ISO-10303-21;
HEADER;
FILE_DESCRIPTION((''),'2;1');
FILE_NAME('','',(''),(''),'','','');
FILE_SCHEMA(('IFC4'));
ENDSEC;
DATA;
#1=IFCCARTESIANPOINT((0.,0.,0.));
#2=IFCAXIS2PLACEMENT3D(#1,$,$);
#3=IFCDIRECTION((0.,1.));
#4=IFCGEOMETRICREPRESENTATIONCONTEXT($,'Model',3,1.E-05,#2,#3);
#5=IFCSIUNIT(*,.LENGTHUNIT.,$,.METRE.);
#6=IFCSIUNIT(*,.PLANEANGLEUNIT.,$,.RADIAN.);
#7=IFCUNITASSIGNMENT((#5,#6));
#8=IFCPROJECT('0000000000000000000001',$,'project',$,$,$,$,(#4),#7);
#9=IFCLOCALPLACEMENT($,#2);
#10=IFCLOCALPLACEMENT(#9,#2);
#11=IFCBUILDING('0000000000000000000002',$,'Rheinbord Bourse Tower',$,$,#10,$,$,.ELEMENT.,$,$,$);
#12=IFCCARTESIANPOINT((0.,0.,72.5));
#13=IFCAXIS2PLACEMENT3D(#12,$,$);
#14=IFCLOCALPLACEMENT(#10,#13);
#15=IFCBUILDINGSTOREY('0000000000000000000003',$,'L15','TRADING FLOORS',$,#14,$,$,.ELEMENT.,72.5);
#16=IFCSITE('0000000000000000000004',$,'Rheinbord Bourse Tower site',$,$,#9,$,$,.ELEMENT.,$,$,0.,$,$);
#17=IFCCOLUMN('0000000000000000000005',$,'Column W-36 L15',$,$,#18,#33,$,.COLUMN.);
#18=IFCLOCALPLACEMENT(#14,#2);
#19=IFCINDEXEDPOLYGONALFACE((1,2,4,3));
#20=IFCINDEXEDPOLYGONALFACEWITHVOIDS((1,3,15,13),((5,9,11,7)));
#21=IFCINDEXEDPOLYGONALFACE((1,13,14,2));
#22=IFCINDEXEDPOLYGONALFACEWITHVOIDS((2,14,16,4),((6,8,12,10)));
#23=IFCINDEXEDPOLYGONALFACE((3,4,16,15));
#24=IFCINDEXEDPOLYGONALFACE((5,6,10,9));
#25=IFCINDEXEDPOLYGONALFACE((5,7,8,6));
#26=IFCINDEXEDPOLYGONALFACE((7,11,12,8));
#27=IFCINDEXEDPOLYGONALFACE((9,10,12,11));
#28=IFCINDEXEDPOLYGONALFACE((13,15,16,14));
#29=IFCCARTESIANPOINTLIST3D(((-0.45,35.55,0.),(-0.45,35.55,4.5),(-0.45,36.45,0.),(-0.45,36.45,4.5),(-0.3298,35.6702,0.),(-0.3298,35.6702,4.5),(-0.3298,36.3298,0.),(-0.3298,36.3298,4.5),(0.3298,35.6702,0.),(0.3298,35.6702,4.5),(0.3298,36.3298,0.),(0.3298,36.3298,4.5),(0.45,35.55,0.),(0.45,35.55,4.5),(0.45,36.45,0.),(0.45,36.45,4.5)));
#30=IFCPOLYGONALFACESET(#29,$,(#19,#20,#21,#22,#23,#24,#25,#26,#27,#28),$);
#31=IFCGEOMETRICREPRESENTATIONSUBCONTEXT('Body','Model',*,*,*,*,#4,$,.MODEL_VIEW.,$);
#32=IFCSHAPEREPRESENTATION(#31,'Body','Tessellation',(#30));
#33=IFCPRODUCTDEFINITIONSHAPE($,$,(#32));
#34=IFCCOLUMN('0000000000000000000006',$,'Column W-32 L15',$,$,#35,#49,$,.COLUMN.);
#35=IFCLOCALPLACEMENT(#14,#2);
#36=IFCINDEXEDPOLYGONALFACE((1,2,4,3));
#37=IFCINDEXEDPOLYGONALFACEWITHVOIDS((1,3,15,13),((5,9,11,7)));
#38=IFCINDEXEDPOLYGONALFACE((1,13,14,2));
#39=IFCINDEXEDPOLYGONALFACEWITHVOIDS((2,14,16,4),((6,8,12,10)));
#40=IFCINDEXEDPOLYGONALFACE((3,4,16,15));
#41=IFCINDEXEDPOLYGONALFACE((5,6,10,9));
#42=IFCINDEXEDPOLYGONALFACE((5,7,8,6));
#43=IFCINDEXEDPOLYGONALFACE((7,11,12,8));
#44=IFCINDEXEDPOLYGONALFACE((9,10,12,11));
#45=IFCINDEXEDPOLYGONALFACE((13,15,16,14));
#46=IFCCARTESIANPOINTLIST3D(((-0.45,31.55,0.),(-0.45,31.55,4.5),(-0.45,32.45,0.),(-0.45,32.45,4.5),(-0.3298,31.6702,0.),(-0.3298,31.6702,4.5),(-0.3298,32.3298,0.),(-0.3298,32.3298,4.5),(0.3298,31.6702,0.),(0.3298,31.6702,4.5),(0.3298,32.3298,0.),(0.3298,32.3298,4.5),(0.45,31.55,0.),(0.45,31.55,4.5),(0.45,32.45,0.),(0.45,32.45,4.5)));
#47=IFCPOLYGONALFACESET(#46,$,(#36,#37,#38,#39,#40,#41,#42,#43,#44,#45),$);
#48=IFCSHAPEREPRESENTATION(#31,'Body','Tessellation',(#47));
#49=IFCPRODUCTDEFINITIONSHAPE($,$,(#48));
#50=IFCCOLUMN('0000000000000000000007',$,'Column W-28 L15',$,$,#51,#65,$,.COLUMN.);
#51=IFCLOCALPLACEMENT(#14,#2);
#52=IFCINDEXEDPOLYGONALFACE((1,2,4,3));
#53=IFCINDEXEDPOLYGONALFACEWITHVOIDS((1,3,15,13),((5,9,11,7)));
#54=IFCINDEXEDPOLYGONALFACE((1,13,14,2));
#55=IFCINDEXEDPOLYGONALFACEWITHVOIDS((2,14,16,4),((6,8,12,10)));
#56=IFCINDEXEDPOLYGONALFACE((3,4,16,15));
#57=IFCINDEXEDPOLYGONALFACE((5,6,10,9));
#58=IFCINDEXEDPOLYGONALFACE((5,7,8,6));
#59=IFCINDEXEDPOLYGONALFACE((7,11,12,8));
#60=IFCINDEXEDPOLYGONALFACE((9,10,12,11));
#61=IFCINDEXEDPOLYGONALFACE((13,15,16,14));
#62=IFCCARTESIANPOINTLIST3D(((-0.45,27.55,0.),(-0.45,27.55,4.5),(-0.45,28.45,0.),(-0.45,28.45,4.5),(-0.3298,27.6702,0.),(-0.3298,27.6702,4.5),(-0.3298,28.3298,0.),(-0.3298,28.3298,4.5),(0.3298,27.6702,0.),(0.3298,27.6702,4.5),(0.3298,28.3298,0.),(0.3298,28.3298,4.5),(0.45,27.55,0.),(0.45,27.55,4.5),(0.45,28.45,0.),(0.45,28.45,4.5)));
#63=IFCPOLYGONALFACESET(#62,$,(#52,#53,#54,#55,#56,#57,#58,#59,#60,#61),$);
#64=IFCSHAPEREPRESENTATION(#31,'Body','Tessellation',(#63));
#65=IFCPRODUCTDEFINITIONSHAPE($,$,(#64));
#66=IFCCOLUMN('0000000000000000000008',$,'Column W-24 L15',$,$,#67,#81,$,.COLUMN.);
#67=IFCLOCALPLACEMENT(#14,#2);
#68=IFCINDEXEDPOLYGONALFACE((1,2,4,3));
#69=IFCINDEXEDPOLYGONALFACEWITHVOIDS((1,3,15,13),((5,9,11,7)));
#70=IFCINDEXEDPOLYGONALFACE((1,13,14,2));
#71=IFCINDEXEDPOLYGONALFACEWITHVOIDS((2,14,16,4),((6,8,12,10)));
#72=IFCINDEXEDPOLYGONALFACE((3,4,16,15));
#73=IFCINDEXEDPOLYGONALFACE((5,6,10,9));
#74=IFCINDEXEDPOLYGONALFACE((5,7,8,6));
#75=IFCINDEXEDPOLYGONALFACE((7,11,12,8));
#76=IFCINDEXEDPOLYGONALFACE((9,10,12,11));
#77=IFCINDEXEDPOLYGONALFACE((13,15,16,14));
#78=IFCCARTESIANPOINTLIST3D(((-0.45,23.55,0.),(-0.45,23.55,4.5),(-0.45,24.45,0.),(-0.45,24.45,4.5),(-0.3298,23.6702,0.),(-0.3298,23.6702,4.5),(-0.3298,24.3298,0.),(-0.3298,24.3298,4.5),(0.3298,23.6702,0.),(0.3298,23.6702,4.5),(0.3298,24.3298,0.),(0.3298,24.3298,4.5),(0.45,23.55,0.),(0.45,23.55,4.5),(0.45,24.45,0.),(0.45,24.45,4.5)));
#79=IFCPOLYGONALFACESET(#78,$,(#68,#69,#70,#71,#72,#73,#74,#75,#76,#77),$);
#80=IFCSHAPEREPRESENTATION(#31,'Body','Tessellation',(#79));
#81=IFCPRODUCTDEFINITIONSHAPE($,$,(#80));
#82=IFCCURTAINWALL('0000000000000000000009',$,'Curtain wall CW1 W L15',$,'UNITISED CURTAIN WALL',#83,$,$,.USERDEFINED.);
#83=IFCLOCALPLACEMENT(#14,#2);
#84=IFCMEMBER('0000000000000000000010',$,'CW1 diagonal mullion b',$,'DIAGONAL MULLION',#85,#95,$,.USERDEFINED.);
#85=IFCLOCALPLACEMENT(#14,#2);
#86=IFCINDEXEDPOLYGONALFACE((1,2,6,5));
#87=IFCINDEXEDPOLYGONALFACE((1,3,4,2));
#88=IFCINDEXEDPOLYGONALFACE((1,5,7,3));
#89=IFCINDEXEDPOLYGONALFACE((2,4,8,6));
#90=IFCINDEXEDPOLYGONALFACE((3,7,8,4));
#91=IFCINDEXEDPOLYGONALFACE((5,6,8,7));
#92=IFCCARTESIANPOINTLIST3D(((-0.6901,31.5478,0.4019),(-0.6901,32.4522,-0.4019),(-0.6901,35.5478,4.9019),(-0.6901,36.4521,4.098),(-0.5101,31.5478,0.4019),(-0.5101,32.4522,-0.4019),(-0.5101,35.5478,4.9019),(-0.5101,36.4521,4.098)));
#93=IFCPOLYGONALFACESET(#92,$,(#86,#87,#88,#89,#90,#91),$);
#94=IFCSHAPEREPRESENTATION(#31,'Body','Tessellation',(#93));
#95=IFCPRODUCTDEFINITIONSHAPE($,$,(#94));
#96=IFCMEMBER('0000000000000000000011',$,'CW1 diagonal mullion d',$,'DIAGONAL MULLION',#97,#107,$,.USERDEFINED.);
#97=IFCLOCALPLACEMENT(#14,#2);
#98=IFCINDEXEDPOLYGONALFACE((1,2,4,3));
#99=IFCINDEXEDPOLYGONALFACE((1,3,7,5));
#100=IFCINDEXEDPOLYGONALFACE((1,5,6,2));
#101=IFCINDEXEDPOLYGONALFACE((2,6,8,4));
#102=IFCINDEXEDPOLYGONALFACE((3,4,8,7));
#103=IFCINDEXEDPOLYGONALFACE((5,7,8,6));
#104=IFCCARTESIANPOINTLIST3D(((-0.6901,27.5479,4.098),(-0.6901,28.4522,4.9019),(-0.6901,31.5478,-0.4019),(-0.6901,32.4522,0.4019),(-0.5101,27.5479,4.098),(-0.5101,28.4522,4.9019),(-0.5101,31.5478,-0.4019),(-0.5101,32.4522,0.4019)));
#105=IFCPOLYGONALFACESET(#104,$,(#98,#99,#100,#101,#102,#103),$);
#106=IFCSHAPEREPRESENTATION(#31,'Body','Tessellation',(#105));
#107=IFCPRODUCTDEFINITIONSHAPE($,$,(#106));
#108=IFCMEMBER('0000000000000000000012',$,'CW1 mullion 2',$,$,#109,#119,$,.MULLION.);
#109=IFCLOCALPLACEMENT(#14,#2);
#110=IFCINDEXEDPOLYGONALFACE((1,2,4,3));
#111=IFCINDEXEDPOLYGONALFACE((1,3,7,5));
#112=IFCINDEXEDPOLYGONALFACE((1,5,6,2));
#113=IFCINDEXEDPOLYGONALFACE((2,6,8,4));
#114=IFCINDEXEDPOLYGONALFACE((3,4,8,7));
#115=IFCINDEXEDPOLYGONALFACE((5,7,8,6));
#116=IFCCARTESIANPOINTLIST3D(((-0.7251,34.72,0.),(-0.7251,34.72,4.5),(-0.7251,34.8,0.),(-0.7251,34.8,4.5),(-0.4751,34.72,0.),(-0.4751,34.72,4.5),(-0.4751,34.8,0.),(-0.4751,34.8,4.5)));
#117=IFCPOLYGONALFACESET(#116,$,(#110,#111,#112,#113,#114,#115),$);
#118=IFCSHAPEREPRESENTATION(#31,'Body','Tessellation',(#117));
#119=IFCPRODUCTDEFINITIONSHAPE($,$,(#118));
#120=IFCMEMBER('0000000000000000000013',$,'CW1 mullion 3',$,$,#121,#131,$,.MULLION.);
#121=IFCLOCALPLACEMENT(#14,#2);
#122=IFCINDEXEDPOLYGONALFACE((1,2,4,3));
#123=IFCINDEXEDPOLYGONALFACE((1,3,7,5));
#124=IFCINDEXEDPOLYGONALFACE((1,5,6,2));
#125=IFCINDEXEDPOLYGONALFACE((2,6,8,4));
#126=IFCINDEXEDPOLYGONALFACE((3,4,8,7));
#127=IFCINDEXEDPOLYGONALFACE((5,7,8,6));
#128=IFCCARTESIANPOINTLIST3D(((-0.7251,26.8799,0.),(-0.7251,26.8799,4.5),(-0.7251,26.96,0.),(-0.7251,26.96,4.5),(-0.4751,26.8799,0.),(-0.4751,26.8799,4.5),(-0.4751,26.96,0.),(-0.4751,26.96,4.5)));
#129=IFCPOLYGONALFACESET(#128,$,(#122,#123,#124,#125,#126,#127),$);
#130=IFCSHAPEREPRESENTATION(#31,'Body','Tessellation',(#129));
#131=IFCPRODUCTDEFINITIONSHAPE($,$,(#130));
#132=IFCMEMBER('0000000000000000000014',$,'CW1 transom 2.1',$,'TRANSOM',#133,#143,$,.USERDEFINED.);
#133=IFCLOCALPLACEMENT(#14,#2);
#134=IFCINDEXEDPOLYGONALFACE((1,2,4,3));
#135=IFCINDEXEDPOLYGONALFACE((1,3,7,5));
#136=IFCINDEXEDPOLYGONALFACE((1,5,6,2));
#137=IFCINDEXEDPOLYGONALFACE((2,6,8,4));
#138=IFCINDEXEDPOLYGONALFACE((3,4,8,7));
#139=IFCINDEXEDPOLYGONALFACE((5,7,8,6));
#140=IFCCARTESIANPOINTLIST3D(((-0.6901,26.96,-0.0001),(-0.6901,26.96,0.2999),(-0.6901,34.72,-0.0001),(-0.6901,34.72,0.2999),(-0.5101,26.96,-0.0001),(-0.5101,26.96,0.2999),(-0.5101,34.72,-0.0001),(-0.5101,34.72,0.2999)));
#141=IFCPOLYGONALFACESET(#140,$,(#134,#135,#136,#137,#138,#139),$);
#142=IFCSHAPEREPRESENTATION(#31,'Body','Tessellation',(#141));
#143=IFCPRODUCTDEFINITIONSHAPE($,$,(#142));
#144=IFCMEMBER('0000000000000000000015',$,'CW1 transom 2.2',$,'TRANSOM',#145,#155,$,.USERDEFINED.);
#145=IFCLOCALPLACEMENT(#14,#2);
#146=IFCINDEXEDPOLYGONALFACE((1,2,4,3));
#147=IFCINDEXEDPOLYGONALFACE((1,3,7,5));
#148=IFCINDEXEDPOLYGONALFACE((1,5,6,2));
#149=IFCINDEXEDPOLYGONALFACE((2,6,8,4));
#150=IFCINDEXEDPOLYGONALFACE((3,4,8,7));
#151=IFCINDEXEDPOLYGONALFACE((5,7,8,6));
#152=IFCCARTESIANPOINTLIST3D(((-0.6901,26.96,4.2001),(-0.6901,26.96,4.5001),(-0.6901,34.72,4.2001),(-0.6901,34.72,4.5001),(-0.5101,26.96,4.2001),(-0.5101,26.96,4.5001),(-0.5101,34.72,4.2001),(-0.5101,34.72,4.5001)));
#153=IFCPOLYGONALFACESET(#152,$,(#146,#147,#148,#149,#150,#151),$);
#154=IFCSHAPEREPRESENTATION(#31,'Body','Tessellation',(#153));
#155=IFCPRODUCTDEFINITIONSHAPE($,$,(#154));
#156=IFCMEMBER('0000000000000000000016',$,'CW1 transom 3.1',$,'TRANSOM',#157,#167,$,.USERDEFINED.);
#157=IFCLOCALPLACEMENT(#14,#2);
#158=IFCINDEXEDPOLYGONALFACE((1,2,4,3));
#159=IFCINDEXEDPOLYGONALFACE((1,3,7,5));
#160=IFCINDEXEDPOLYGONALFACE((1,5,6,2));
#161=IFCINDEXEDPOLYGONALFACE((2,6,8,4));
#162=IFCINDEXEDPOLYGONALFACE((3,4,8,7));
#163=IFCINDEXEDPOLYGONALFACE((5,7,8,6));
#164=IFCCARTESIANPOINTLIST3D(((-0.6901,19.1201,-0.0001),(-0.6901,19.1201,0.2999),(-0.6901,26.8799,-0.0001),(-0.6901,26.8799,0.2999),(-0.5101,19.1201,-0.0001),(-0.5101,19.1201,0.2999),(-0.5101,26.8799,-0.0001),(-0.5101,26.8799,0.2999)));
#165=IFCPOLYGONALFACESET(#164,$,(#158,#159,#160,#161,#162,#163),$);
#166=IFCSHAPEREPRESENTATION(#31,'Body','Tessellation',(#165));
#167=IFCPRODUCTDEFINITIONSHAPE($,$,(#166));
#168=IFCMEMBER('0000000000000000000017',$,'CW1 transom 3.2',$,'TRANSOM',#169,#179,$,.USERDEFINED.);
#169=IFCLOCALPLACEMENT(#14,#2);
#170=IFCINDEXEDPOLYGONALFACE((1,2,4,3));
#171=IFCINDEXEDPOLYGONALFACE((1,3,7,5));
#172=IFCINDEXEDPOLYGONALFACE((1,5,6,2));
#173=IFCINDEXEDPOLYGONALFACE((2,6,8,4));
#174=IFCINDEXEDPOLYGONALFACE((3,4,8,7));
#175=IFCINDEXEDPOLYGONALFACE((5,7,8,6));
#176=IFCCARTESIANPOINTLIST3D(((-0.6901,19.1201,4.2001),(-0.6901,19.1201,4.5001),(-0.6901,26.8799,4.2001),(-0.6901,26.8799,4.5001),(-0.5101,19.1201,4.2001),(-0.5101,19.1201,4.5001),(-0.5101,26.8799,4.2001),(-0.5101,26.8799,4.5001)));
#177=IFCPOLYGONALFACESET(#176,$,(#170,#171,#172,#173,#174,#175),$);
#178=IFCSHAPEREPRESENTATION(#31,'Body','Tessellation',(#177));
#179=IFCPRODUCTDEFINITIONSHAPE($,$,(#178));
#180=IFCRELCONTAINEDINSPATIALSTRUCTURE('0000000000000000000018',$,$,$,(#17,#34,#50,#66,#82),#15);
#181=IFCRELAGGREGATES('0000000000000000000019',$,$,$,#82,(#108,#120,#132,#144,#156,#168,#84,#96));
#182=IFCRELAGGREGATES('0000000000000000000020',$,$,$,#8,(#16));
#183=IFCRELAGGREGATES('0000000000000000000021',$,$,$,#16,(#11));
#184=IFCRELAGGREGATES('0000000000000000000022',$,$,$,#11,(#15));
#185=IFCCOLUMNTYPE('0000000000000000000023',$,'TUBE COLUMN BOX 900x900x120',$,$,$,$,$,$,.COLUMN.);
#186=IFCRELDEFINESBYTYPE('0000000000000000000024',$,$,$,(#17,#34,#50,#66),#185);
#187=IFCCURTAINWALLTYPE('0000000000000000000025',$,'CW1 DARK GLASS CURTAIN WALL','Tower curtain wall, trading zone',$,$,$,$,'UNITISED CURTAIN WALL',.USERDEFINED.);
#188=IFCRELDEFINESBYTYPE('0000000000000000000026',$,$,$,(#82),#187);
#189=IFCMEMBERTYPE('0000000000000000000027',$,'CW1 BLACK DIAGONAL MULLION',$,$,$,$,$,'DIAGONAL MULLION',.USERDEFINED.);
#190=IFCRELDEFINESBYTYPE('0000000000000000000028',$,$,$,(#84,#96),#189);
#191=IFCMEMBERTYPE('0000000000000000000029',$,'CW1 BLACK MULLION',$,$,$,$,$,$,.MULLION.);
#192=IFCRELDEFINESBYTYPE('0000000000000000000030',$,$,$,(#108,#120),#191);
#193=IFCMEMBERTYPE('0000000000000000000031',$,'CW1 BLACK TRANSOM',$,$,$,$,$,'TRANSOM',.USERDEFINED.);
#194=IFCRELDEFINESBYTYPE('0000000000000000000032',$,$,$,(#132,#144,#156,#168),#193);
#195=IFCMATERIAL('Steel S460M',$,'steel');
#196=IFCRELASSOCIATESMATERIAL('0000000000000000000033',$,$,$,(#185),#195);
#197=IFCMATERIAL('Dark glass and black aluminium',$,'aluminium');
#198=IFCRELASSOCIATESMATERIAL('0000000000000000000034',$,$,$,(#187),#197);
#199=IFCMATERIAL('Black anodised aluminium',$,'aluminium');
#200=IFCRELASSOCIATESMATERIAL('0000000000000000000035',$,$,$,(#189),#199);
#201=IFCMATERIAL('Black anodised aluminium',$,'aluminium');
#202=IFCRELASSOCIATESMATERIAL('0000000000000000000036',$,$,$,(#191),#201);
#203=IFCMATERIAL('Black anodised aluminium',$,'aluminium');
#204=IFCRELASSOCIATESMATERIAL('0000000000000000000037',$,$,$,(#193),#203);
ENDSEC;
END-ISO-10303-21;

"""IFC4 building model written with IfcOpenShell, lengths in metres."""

from ifc_helpers import new_model, si_unit, direction, frame, origin, origin_2d, place, context, subcontext, project, spatial, rectangle, hollow_rectangle, extrude, material, material_profile, profile_set, type_object, element, aggregate, save


model = new_model("IFC4")

# Units and contexts
model_context = context("Model", 3, precision=1e-05, world=origin(), true_north=direction((0.0, 1.0)))
body_context = subcontext(model_context, "Body", "Model", "MODEL_VIEW")
ifc_project = project(units=[si_unit("LENGTHUNIT", "METRE"), si_unit("PLANEANGLEUNIT", "RADIAN")], contexts=[model_context])

# Site, building, storey
site_placement = place(None, origin())
site = spatial("IfcSite", under=ifc_project, at=site_placement, Name="Rheinbord Bourse Tower site", CompositionType="ELEMENT", RefElevation=0.0)
building_placement = place(site_placement, origin())
building = spatial("IfcBuilding", under=site, at=building_placement, Name="Rheinbord Bourse Tower", CompositionType="ELEMENT")
storey_placement = place(building_placement, frame((0.0, 0.0, 72.5)))
storey = spatial("IfcBuildingStorey", under=building, at=storey_placement, Name="L15", Description="TRADING FLOORS", CompositionType="ELEMENT", Elevation=72.5)

# Columns
ifc_material_1 = material(Name="Steel S460M", Category="steel")
ifc_material_profile_1 = material_profile(ifc_material_1, hollow_rectangle(XDim=0.8999, YDim=0.8999, WallThickness=0.1201, at=origin_2d()), Name="BOX 900x900x120")
ifc_profile_set_1 = profile_set([ifc_material_profile_1], Name="Steel S460M")
column_type = type_object("IfcColumnType", Name="TUBE COLUMN BOX 900x900x120", PredefinedType="COLUMN", material=ifc_profile_set_1)
for number, where, z_axis, x_axis, name in (
    (1, (0.0, 36.0, 0.0), (0.0, 0.0, 1.0), (1.0, 0.0, 0.0), "Column W-36 L15"),
    (2, (0.0, 32.0, 0.0), (0.0, 0.0, 1.0), (1.0, 0.0, 0.0), "Column W-32 L15"),
    (3, (0.0, 28.0, 0.0), (0.0, 0.0, 1.0), (1.0, 0.0, 0.0), "Column W-28 L15"),
    (4, (0.0, 24.0, 0.0), (0.0, 0.0, 1.0), (1.0, 0.0, 0.0), "Column W-24 L15"),
):
    element("IfcColumn", number, at=place(storey_placement, frame(where, z_axis=z_axis, x_axis=x_axis)), inside=storey, type_object=column_type, Name=name, PredefinedType="COLUMN", context=body_context, shape_type="SweptSolid", body=[
        extrude(hollow_rectangle(XDim=0.8999, YDim=0.8999, WallThickness=0.1201, at=origin_2d()), origin(), (0.0, 0.0, 1.0), 4.5),
    ])

# Curtain wall, members
ifc_material_2 = material(Name="Dark glass and black aluminium", Category="aluminium")
curtain_wall_type = type_object("IfcCurtainWallType", Name="CW1 DARK GLASS CURTAIN WALL", Description="Tower curtain wall, trading zone", ElementType="UNITISED CURTAIN WALL", PredefinedType="USERDEFINED", material=ifc_material_2)
curtain_wall_placement = place(storey_placement, origin())
curtain_wall = element("IfcCurtainWall", 5, at=curtain_wall_placement, inside=storey, type_object=curtain_wall_type, Name="Curtain wall CW1 W L15", ObjectType="UNITISED CURTAIN WALL", PredefinedType="USERDEFINED")
ifc_material_3 = material(Name="Black anodised aluminium", Category="aluminium")
ifc_material_profile_2 = material_profile(ifc_material_3, rectangle(XDim=0.1799, YDim=1.21, at=origin_2d()), Name="CW1 DIAGONAL MULLION 1210x180")
ifc_profile_set_2 = profile_set([ifc_material_profile_2], Name="Black anodised aluminium")
member_type_1 = type_object("IfcMemberType", Name="CW1 BLACK DIAGONAL MULLION", ElementType="DIAGONAL MULLION", PredefinedType="USERDEFINED", material=ifc_profile_set_2)
member_1_placement = place(storey_placement, frame((-0.6001, 32.0, 0.0), z_axis=(0.0, 0.664364, 0.747409), x_axis=(-1.0, 0.0, 0.0)))
member_1 = element("IfcMember", 6, at=member_1_placement, type_object=member_type_1, Name="CW1 diagonal mullion b", ObjectType="DIAGONAL MULLION", PredefinedType="USERDEFINED", context=body_context, shape_type="SweptSolid", body=[
    extrude(rectangle(XDim=0.1799, YDim=1.21, at=origin_2d()), origin(), (0.0, 0.0, 1.0), 6.0208),
])
member_2_placement = place(storey_placement, frame((-0.6001, 32.0, 0.0), z_axis=(0.0, -0.664364, 0.747409), x_axis=(1.0, 0.0, 0.0)))
member_2 = element("IfcMember", 7, at=member_2_placement, type_object=member_type_1, Name="CW1 diagonal mullion d", ObjectType="DIAGONAL MULLION", PredefinedType="USERDEFINED", context=body_context, shape_type="SweptSolid", body=[
    extrude(rectangle(XDim=0.1799, YDim=1.21, at=origin_2d()), origin(), (0.0, 0.0, 1.0), 6.0208),
])
ifc_material_4 = material(Name="Black anodised aluminium", Category="aluminium")
ifc_material_profile_3 = material_profile(ifc_material_4, rectangle(XDim=0.25, YDim=0.0801, at=origin_2d()), Name="CW1 MULLION 80x250")
ifc_profile_set_3 = profile_set([ifc_material_profile_3], Name="Black anodised aluminium")
member_type_2 = type_object("IfcMemberType", Name="CW1 BLACK MULLION", PredefinedType="MULLION", material=ifc_profile_set_3)
member_3_placement = place(storey_placement, frame((-0.6001, 34.76, 0.0), z_axis=(0.0, 0.0, 1.0), x_axis=(1.0, 0.0, 0.0)))
member_3 = element("IfcMember", 8, at=member_3_placement, type_object=member_type_2, Name="CW1 mullion 2", PredefinedType="MULLION", context=body_context, shape_type="SweptSolid", body=[
    extrude(rectangle(XDim=0.25, YDim=0.0801, at=origin_2d()), origin(), (0.0, 0.0, 1.0), 4.5),
])
member_4_placement = place(storey_placement, frame((-0.6001, 26.9199, 0.0), z_axis=(0.0, 0.0, 1.0), x_axis=(1.0, 0.0, 0.0)))
member_4 = element("IfcMember", 9, at=member_4_placement, type_object=member_type_2, Name="CW1 mullion 3", PredefinedType="MULLION", context=body_context, shape_type="SweptSolid", body=[
    extrude(rectangle(XDim=0.25, YDim=0.0801, at=origin_2d()), origin(), (0.0, 0.0, 1.0), 4.5),
])
ifc_material_5 = material(Name="Black anodised aluminium", Category="aluminium")
ifc_material_profile_4 = material_profile(ifc_material_5, rectangle(XDim=0.1799, YDim=0.3, at=origin_2d()), Name="CW1 TRANSOM 300x180")
ifc_profile_set_4 = profile_set([ifc_material_profile_4], Name="Black anodised aluminium")
member_type_3 = type_object("IfcMemberType", Name="CW1 BLACK TRANSOM", ElementType="TRANSOM", PredefinedType="USERDEFINED", material=ifc_profile_set_4)
member_5_placement = place(storey_placement, frame((-0.6001, 34.72, 0.1499), z_axis=(0.0, -1.0, 0.0), x_axis=(1.0, 0.0, 0.0)))
member_5 = element("IfcMember", 10, at=member_5_placement, type_object=member_type_3, Name="CW1 transom 2.1", ObjectType="TRANSOM", PredefinedType="USERDEFINED", context=body_context, shape_type="SweptSolid", body=[
    extrude(rectangle(XDim=0.1799, YDim=0.3, at=origin_2d()), origin(), (0.0, 0.0, 1.0), 7.76),
])
member_6_placement = place(storey_placement, frame((-0.6001, 34.72, 4.3501), z_axis=(0.0, -1.0, 0.0), x_axis=(1.0, 0.0, 0.0)))
member_6 = element("IfcMember", 11, at=member_6_placement, type_object=member_type_3, Name="CW1 transom 2.2", ObjectType="TRANSOM", PredefinedType="USERDEFINED", context=body_context, shape_type="SweptSolid", body=[
    extrude(rectangle(XDim=0.1799, YDim=0.3, at=origin_2d()), origin(), (0.0, 0.0, 1.0), 7.76),
])
member_7_placement = place(storey_placement, frame((-0.6001, 26.8799, 0.1499), z_axis=(0.0, -1.0, 0.0), x_axis=(1.0, 0.0, 0.0)))
member_7 = element("IfcMember", 12, at=member_7_placement, type_object=member_type_3, Name="CW1 transom 3.1", ObjectType="TRANSOM", PredefinedType="USERDEFINED", context=body_context, shape_type="SweptSolid", body=[
    extrude(rectangle(XDim=0.1799, YDim=0.3, at=origin_2d()), origin(), (0.0, 0.0, 1.0), 7.7598),
])
member_8_placement = place(storey_placement, frame((-0.6001, 26.8799, 4.3501), z_axis=(0.0, -1.0, 0.0), x_axis=(1.0, 0.0, 0.0)))
member_8 = element("IfcMember", 13, at=member_8_placement, type_object=member_type_3, Name="CW1 transom 3.2", ObjectType="TRANSOM", PredefinedType="USERDEFINED", context=body_context, shape_type="SweptSolid", body=[
    extrude(rectangle(XDim=0.1799, YDim=0.3, at=origin_2d()), origin(), (0.0, 0.0, 1.0), 7.7598),
])

aggregate(curtain_wall, [member_3, member_4, member_5, member_6, member_7, member_8, member_1, member_2])

save(model, "model.ifc")
